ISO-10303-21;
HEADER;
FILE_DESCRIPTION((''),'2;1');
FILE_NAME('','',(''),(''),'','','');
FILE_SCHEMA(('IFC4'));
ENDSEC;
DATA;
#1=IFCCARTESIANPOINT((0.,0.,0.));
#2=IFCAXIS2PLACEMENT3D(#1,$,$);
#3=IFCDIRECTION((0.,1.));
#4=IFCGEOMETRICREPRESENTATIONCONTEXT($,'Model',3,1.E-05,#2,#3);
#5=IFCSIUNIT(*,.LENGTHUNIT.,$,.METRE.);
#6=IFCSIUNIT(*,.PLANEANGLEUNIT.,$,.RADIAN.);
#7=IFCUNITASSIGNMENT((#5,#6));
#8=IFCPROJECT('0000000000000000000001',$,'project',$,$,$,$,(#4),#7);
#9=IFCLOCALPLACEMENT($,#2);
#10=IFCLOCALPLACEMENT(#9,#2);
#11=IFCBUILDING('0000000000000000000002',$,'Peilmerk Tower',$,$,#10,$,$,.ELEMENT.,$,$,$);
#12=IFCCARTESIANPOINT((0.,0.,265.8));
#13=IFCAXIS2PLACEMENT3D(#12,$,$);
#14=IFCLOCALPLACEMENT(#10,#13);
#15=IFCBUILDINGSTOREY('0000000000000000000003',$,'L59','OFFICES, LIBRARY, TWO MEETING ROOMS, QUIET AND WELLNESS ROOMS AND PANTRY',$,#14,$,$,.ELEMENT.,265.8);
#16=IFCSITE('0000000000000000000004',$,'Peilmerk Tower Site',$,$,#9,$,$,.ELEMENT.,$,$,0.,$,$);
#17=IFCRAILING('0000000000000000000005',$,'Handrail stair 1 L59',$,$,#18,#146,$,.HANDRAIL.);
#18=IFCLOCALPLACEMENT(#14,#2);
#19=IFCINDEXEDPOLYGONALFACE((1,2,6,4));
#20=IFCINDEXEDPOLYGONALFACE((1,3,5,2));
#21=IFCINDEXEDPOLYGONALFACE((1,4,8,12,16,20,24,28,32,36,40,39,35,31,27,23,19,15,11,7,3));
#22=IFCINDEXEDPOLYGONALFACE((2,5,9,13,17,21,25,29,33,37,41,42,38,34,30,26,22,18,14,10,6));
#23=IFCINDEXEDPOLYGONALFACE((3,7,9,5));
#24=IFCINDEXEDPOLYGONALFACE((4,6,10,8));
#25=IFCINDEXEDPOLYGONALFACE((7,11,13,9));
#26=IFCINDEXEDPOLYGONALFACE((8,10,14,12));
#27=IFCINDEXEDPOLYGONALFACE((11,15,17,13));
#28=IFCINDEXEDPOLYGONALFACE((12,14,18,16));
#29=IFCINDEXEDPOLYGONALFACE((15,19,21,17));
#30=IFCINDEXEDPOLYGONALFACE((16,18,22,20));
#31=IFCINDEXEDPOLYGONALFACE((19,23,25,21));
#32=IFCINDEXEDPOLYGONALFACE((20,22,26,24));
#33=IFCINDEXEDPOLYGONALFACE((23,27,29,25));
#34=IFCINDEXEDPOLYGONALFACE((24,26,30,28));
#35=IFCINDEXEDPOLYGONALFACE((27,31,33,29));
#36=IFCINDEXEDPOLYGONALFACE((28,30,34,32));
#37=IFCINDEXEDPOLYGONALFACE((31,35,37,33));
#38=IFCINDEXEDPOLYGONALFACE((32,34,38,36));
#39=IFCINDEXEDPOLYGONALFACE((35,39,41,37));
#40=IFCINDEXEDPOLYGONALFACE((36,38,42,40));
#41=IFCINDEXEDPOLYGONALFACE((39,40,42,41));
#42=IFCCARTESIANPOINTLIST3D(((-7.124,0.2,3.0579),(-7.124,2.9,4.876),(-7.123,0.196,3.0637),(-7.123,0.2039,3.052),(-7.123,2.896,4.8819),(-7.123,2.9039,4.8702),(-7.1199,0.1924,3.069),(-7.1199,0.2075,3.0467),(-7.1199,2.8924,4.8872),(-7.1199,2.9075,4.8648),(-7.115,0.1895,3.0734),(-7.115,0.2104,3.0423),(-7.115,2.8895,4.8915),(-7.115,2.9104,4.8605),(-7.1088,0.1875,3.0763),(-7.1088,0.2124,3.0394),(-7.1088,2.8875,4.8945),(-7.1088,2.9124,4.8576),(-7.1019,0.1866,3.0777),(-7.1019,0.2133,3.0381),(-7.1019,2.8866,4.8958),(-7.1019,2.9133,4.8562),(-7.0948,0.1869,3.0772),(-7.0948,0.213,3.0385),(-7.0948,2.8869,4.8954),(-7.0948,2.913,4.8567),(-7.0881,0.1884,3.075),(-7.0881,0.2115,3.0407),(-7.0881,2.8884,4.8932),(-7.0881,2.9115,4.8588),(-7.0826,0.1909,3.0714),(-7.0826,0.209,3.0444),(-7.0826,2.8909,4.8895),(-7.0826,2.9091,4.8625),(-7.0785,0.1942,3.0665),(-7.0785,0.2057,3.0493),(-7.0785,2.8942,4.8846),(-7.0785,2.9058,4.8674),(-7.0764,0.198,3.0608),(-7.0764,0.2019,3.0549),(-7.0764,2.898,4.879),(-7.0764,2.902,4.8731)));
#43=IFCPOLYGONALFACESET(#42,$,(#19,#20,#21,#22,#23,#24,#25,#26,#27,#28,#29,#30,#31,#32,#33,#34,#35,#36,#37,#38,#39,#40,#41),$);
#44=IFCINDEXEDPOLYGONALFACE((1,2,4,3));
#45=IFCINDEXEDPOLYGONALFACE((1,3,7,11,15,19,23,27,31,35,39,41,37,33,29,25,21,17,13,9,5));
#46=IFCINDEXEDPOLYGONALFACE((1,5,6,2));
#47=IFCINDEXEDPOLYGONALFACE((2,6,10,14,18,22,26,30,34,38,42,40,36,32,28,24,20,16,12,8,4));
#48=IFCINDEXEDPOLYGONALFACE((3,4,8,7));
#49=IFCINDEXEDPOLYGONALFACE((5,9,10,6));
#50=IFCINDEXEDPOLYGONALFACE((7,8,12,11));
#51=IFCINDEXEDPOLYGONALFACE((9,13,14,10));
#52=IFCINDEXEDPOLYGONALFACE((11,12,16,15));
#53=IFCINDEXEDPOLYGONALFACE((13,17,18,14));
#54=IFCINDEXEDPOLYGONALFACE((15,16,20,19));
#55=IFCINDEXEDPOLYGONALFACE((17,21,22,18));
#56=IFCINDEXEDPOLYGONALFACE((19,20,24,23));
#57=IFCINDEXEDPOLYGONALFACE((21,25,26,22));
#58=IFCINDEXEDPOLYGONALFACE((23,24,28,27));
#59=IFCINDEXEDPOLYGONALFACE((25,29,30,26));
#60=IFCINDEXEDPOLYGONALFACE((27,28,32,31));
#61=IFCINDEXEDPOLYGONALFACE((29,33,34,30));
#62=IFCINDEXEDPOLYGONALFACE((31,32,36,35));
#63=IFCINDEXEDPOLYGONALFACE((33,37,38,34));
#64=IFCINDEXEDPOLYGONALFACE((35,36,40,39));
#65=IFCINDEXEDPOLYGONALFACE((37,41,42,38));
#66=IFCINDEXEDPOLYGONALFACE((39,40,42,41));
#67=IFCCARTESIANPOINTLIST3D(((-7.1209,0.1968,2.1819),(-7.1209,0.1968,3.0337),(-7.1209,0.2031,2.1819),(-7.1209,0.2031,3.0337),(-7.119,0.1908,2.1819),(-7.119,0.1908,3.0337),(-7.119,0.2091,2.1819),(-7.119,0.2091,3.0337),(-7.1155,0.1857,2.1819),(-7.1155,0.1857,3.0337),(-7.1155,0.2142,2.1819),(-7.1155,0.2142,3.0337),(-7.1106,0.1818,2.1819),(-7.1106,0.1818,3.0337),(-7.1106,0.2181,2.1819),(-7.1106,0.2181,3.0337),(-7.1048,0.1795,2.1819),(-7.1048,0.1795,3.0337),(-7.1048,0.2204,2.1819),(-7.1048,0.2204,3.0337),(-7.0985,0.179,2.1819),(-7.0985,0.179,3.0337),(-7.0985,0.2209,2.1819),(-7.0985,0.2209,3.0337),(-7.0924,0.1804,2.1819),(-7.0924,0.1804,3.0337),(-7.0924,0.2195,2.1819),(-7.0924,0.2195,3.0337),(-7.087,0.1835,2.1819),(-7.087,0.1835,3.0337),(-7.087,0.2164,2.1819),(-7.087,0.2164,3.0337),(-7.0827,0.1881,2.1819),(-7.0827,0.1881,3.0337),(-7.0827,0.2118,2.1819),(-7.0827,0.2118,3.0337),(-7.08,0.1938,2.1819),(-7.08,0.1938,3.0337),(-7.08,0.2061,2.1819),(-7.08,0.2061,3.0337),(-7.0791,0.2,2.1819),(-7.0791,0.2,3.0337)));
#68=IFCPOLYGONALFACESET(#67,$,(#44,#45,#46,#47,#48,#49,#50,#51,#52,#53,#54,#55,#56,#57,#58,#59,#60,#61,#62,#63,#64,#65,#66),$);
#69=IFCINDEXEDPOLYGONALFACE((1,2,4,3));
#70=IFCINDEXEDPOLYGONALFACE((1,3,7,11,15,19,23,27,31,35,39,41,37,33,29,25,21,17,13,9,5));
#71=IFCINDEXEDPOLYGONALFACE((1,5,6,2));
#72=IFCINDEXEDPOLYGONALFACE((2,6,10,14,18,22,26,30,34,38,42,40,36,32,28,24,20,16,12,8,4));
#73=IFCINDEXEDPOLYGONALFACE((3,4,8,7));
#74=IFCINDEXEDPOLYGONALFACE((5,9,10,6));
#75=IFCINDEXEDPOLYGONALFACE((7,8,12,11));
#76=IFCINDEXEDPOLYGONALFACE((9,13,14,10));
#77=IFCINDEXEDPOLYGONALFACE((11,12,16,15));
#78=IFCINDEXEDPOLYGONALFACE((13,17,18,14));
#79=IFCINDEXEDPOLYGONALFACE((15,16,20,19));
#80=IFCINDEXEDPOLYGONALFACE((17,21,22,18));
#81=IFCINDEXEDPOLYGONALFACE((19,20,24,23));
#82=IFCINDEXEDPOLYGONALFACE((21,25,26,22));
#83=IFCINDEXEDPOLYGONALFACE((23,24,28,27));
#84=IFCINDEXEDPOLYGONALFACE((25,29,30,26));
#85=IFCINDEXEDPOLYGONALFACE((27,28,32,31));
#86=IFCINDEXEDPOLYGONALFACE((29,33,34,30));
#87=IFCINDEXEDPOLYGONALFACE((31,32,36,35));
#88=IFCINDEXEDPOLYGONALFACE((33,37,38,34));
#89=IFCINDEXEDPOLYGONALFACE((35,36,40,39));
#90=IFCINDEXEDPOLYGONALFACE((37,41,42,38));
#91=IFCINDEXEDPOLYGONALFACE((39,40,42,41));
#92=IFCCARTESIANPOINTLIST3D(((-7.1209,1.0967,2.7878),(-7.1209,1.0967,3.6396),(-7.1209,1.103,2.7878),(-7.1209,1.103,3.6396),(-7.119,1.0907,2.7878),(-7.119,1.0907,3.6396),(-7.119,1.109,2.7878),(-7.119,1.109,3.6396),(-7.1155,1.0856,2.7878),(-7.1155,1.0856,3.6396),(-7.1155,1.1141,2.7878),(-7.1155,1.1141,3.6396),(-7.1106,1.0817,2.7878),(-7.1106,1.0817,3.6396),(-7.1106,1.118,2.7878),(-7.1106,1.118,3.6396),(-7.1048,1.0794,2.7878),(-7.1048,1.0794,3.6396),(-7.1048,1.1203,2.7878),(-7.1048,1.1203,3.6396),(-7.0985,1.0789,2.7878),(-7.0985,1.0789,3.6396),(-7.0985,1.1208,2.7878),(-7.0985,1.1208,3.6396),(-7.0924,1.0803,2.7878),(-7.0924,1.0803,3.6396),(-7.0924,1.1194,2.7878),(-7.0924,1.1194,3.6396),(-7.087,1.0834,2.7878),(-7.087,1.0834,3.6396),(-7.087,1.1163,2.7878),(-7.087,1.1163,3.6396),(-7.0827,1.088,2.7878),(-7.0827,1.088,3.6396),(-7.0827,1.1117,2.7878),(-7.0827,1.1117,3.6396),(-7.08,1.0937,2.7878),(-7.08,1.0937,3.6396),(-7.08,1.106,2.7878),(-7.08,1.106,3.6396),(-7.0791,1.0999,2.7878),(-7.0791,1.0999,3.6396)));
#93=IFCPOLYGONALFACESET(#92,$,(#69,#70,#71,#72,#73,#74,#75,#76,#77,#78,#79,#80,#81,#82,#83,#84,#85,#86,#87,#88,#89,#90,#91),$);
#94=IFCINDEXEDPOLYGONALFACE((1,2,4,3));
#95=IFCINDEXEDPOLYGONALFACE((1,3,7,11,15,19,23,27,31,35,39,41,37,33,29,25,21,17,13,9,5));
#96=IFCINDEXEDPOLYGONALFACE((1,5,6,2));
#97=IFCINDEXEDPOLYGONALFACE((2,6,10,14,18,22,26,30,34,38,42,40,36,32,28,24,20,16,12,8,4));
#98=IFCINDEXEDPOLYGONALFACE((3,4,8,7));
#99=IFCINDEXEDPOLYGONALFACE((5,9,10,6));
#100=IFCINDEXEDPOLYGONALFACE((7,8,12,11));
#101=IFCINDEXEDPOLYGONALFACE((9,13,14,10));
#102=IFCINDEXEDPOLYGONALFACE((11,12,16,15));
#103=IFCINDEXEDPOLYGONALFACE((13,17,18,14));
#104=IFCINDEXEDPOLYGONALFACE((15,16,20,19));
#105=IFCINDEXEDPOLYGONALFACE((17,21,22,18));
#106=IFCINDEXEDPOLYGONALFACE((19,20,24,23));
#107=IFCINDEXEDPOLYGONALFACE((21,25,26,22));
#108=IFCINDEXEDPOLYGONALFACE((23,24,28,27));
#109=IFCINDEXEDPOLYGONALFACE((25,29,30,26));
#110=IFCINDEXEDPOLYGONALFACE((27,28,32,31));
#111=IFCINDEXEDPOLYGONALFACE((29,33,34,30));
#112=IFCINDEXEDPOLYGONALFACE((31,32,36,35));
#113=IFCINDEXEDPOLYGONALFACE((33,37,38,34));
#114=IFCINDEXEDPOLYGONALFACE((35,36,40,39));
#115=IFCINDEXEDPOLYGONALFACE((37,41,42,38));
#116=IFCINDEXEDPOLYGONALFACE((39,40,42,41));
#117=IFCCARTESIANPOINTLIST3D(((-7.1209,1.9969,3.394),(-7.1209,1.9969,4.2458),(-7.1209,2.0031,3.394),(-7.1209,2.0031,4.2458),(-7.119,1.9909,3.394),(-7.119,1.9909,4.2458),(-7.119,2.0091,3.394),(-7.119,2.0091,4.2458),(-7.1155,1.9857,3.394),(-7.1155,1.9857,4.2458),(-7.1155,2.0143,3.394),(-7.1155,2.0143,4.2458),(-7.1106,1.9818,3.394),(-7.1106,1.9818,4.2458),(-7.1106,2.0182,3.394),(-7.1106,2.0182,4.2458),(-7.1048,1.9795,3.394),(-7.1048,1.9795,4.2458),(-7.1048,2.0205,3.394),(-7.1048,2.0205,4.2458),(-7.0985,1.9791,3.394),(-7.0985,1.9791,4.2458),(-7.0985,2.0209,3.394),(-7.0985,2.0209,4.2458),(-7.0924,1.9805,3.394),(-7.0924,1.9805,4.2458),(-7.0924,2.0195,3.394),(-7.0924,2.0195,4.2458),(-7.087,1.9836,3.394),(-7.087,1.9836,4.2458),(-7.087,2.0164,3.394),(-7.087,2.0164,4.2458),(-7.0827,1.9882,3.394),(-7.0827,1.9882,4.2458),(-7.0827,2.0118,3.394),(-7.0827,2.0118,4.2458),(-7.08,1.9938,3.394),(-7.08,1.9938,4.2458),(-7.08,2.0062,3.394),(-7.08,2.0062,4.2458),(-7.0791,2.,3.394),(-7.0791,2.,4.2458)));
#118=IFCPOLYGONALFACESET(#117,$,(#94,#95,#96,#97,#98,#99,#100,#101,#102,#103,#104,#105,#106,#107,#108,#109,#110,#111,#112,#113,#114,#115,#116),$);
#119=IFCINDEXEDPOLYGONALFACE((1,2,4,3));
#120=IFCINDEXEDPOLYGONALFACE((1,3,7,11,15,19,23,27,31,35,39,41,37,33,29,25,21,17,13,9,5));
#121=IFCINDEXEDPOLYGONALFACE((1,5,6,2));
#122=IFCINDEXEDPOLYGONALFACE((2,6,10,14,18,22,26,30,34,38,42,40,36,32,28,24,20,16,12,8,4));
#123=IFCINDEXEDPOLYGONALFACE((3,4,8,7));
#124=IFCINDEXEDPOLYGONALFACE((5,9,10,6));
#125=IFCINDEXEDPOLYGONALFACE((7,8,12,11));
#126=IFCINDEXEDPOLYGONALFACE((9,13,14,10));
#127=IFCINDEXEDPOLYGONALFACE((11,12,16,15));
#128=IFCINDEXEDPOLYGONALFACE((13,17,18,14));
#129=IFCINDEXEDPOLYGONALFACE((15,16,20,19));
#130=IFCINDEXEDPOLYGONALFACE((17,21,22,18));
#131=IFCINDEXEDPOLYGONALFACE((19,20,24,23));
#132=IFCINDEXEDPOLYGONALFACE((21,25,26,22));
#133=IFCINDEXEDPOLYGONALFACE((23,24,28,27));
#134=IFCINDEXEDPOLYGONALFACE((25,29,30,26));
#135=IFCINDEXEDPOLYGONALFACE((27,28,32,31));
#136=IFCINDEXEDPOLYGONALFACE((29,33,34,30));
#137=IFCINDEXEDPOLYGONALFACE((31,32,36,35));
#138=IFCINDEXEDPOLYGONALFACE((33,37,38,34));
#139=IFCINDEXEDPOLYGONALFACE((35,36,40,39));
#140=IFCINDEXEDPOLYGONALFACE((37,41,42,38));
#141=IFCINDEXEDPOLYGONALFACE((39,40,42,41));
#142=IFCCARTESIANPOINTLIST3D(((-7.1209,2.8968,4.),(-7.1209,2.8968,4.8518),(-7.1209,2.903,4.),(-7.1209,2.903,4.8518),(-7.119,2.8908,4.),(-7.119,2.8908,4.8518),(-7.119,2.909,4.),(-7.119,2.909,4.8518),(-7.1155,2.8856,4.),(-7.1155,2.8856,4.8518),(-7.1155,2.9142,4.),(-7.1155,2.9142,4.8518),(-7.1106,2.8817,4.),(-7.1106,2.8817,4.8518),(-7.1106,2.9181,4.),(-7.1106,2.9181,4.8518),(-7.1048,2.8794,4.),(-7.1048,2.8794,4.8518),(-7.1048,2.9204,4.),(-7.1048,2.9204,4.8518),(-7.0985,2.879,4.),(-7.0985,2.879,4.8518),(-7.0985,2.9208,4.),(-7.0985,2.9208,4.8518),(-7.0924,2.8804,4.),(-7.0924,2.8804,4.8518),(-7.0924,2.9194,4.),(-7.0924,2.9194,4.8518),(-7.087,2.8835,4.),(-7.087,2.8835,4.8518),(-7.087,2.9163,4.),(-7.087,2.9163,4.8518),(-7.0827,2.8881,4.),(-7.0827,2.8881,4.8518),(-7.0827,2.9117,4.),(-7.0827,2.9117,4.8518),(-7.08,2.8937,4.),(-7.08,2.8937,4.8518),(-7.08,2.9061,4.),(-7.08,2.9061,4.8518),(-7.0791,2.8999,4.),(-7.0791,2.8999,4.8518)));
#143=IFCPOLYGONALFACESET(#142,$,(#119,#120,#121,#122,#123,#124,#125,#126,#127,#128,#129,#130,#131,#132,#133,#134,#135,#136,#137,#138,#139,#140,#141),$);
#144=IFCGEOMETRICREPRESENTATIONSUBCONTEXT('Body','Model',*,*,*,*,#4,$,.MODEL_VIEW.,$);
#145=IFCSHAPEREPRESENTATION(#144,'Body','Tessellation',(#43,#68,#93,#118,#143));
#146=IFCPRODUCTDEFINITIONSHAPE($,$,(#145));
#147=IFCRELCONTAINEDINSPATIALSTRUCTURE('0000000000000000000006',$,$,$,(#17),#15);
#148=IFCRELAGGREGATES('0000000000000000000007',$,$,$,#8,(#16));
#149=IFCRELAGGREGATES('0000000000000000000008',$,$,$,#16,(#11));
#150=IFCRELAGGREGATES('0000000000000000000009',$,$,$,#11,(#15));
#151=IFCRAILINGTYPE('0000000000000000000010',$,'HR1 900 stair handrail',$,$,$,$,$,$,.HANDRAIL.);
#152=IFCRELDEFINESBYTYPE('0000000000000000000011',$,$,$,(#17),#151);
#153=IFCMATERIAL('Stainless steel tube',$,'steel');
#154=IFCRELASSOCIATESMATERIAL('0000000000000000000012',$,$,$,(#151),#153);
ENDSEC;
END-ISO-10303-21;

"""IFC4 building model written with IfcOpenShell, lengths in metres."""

from ifc_helpers import new_model, si_unit, direction, frame, origin, origin_2d, place, context, subcontext, project, spatial, circle, extrude, material, type_object, element, save


model = new_model("IFC4")

# Units and contexts
model_context = context("Model", 3, precision=1e-05, world=origin(), true_north=direction((0.0, 1.0)))
body_context = subcontext(model_context, "Body", "Model", "MODEL_VIEW")
ifc_project = project(units=[si_unit("LENGTHUNIT", "METRE"), si_unit("PLANEANGLEUNIT", "RADIAN")], contexts=[model_context])

# Site, building, storey
site_placement = place(None, origin())
site = spatial("IfcSite", under=ifc_project, at=site_placement, Name="Peilmerk Tower Site", CompositionType="ELEMENT", RefElevation=0.0)
building_placement = place(site_placement, origin())
building = spatial("IfcBuilding", under=site, at=building_placement, Name="Peilmerk Tower", CompositionType="ELEMENT")
storey_placement = place(building_placement, frame((0.0, 0.0, 265.8)))
storey = spatial("IfcBuildingStorey", under=building, at=storey_placement, Name="L59", Description="OFFICES, LIBRARY, TWO MEETING ROOMS, QUIET AND WELLNESS ROOMS AND PANTRY", CompositionType="ELEMENT", Elevation=265.8)

# Railing
ifc_material_1 = material(Name="Stainless steel tube", Category="steel")
railing_type_1 = type_object("IfcRailingType", Name="HR1 900 stair handrail", PredefinedType="HANDRAIL", material=ifc_material_1)
railing_1_placement = place(storey_placement, frame((-7.1001, 0.2, 2.1819)))
element("IfcRailing", 1, at=railing_1_placement, inside=storey, type_object=railing_type_1, Name="Handrail stair 1 L59", PredefinedType="HANDRAIL", context=body_context, shape_type="SweptSolid", body=[
    extrude(circle(Radius=0.0239, at=origin_2d()), frame((0.0, 0.0, 0.876), z_axis=(0.0, 0.829468, 0.558554), x_axis=(-1.0, 0.0, 0.0)), (0.0, 0.0, 1.0), 3.2551),
    extrude(circle(Radius=0.021, at=origin_2d()), origin(), (0.0, 0.0, 1.0), 0.8518),
    extrude(circle(Radius=0.021, at=origin_2d()), frame((0.0, 0.8999, 0.606)), (0.0, 0.0, 1.0), 0.8518),
    extrude(circle(Radius=0.021, at=origin_2d()), frame((0.0, 1.8, 1.2122)), (0.0, 0.0, 1.0), 0.8518),
    extrude(circle(Radius=0.021, at=origin_2d()), frame((0.0, 2.7, 1.8181)), (0.0, 0.0, 1.0), 0.8518),
])

save(model, "model.ifc")
